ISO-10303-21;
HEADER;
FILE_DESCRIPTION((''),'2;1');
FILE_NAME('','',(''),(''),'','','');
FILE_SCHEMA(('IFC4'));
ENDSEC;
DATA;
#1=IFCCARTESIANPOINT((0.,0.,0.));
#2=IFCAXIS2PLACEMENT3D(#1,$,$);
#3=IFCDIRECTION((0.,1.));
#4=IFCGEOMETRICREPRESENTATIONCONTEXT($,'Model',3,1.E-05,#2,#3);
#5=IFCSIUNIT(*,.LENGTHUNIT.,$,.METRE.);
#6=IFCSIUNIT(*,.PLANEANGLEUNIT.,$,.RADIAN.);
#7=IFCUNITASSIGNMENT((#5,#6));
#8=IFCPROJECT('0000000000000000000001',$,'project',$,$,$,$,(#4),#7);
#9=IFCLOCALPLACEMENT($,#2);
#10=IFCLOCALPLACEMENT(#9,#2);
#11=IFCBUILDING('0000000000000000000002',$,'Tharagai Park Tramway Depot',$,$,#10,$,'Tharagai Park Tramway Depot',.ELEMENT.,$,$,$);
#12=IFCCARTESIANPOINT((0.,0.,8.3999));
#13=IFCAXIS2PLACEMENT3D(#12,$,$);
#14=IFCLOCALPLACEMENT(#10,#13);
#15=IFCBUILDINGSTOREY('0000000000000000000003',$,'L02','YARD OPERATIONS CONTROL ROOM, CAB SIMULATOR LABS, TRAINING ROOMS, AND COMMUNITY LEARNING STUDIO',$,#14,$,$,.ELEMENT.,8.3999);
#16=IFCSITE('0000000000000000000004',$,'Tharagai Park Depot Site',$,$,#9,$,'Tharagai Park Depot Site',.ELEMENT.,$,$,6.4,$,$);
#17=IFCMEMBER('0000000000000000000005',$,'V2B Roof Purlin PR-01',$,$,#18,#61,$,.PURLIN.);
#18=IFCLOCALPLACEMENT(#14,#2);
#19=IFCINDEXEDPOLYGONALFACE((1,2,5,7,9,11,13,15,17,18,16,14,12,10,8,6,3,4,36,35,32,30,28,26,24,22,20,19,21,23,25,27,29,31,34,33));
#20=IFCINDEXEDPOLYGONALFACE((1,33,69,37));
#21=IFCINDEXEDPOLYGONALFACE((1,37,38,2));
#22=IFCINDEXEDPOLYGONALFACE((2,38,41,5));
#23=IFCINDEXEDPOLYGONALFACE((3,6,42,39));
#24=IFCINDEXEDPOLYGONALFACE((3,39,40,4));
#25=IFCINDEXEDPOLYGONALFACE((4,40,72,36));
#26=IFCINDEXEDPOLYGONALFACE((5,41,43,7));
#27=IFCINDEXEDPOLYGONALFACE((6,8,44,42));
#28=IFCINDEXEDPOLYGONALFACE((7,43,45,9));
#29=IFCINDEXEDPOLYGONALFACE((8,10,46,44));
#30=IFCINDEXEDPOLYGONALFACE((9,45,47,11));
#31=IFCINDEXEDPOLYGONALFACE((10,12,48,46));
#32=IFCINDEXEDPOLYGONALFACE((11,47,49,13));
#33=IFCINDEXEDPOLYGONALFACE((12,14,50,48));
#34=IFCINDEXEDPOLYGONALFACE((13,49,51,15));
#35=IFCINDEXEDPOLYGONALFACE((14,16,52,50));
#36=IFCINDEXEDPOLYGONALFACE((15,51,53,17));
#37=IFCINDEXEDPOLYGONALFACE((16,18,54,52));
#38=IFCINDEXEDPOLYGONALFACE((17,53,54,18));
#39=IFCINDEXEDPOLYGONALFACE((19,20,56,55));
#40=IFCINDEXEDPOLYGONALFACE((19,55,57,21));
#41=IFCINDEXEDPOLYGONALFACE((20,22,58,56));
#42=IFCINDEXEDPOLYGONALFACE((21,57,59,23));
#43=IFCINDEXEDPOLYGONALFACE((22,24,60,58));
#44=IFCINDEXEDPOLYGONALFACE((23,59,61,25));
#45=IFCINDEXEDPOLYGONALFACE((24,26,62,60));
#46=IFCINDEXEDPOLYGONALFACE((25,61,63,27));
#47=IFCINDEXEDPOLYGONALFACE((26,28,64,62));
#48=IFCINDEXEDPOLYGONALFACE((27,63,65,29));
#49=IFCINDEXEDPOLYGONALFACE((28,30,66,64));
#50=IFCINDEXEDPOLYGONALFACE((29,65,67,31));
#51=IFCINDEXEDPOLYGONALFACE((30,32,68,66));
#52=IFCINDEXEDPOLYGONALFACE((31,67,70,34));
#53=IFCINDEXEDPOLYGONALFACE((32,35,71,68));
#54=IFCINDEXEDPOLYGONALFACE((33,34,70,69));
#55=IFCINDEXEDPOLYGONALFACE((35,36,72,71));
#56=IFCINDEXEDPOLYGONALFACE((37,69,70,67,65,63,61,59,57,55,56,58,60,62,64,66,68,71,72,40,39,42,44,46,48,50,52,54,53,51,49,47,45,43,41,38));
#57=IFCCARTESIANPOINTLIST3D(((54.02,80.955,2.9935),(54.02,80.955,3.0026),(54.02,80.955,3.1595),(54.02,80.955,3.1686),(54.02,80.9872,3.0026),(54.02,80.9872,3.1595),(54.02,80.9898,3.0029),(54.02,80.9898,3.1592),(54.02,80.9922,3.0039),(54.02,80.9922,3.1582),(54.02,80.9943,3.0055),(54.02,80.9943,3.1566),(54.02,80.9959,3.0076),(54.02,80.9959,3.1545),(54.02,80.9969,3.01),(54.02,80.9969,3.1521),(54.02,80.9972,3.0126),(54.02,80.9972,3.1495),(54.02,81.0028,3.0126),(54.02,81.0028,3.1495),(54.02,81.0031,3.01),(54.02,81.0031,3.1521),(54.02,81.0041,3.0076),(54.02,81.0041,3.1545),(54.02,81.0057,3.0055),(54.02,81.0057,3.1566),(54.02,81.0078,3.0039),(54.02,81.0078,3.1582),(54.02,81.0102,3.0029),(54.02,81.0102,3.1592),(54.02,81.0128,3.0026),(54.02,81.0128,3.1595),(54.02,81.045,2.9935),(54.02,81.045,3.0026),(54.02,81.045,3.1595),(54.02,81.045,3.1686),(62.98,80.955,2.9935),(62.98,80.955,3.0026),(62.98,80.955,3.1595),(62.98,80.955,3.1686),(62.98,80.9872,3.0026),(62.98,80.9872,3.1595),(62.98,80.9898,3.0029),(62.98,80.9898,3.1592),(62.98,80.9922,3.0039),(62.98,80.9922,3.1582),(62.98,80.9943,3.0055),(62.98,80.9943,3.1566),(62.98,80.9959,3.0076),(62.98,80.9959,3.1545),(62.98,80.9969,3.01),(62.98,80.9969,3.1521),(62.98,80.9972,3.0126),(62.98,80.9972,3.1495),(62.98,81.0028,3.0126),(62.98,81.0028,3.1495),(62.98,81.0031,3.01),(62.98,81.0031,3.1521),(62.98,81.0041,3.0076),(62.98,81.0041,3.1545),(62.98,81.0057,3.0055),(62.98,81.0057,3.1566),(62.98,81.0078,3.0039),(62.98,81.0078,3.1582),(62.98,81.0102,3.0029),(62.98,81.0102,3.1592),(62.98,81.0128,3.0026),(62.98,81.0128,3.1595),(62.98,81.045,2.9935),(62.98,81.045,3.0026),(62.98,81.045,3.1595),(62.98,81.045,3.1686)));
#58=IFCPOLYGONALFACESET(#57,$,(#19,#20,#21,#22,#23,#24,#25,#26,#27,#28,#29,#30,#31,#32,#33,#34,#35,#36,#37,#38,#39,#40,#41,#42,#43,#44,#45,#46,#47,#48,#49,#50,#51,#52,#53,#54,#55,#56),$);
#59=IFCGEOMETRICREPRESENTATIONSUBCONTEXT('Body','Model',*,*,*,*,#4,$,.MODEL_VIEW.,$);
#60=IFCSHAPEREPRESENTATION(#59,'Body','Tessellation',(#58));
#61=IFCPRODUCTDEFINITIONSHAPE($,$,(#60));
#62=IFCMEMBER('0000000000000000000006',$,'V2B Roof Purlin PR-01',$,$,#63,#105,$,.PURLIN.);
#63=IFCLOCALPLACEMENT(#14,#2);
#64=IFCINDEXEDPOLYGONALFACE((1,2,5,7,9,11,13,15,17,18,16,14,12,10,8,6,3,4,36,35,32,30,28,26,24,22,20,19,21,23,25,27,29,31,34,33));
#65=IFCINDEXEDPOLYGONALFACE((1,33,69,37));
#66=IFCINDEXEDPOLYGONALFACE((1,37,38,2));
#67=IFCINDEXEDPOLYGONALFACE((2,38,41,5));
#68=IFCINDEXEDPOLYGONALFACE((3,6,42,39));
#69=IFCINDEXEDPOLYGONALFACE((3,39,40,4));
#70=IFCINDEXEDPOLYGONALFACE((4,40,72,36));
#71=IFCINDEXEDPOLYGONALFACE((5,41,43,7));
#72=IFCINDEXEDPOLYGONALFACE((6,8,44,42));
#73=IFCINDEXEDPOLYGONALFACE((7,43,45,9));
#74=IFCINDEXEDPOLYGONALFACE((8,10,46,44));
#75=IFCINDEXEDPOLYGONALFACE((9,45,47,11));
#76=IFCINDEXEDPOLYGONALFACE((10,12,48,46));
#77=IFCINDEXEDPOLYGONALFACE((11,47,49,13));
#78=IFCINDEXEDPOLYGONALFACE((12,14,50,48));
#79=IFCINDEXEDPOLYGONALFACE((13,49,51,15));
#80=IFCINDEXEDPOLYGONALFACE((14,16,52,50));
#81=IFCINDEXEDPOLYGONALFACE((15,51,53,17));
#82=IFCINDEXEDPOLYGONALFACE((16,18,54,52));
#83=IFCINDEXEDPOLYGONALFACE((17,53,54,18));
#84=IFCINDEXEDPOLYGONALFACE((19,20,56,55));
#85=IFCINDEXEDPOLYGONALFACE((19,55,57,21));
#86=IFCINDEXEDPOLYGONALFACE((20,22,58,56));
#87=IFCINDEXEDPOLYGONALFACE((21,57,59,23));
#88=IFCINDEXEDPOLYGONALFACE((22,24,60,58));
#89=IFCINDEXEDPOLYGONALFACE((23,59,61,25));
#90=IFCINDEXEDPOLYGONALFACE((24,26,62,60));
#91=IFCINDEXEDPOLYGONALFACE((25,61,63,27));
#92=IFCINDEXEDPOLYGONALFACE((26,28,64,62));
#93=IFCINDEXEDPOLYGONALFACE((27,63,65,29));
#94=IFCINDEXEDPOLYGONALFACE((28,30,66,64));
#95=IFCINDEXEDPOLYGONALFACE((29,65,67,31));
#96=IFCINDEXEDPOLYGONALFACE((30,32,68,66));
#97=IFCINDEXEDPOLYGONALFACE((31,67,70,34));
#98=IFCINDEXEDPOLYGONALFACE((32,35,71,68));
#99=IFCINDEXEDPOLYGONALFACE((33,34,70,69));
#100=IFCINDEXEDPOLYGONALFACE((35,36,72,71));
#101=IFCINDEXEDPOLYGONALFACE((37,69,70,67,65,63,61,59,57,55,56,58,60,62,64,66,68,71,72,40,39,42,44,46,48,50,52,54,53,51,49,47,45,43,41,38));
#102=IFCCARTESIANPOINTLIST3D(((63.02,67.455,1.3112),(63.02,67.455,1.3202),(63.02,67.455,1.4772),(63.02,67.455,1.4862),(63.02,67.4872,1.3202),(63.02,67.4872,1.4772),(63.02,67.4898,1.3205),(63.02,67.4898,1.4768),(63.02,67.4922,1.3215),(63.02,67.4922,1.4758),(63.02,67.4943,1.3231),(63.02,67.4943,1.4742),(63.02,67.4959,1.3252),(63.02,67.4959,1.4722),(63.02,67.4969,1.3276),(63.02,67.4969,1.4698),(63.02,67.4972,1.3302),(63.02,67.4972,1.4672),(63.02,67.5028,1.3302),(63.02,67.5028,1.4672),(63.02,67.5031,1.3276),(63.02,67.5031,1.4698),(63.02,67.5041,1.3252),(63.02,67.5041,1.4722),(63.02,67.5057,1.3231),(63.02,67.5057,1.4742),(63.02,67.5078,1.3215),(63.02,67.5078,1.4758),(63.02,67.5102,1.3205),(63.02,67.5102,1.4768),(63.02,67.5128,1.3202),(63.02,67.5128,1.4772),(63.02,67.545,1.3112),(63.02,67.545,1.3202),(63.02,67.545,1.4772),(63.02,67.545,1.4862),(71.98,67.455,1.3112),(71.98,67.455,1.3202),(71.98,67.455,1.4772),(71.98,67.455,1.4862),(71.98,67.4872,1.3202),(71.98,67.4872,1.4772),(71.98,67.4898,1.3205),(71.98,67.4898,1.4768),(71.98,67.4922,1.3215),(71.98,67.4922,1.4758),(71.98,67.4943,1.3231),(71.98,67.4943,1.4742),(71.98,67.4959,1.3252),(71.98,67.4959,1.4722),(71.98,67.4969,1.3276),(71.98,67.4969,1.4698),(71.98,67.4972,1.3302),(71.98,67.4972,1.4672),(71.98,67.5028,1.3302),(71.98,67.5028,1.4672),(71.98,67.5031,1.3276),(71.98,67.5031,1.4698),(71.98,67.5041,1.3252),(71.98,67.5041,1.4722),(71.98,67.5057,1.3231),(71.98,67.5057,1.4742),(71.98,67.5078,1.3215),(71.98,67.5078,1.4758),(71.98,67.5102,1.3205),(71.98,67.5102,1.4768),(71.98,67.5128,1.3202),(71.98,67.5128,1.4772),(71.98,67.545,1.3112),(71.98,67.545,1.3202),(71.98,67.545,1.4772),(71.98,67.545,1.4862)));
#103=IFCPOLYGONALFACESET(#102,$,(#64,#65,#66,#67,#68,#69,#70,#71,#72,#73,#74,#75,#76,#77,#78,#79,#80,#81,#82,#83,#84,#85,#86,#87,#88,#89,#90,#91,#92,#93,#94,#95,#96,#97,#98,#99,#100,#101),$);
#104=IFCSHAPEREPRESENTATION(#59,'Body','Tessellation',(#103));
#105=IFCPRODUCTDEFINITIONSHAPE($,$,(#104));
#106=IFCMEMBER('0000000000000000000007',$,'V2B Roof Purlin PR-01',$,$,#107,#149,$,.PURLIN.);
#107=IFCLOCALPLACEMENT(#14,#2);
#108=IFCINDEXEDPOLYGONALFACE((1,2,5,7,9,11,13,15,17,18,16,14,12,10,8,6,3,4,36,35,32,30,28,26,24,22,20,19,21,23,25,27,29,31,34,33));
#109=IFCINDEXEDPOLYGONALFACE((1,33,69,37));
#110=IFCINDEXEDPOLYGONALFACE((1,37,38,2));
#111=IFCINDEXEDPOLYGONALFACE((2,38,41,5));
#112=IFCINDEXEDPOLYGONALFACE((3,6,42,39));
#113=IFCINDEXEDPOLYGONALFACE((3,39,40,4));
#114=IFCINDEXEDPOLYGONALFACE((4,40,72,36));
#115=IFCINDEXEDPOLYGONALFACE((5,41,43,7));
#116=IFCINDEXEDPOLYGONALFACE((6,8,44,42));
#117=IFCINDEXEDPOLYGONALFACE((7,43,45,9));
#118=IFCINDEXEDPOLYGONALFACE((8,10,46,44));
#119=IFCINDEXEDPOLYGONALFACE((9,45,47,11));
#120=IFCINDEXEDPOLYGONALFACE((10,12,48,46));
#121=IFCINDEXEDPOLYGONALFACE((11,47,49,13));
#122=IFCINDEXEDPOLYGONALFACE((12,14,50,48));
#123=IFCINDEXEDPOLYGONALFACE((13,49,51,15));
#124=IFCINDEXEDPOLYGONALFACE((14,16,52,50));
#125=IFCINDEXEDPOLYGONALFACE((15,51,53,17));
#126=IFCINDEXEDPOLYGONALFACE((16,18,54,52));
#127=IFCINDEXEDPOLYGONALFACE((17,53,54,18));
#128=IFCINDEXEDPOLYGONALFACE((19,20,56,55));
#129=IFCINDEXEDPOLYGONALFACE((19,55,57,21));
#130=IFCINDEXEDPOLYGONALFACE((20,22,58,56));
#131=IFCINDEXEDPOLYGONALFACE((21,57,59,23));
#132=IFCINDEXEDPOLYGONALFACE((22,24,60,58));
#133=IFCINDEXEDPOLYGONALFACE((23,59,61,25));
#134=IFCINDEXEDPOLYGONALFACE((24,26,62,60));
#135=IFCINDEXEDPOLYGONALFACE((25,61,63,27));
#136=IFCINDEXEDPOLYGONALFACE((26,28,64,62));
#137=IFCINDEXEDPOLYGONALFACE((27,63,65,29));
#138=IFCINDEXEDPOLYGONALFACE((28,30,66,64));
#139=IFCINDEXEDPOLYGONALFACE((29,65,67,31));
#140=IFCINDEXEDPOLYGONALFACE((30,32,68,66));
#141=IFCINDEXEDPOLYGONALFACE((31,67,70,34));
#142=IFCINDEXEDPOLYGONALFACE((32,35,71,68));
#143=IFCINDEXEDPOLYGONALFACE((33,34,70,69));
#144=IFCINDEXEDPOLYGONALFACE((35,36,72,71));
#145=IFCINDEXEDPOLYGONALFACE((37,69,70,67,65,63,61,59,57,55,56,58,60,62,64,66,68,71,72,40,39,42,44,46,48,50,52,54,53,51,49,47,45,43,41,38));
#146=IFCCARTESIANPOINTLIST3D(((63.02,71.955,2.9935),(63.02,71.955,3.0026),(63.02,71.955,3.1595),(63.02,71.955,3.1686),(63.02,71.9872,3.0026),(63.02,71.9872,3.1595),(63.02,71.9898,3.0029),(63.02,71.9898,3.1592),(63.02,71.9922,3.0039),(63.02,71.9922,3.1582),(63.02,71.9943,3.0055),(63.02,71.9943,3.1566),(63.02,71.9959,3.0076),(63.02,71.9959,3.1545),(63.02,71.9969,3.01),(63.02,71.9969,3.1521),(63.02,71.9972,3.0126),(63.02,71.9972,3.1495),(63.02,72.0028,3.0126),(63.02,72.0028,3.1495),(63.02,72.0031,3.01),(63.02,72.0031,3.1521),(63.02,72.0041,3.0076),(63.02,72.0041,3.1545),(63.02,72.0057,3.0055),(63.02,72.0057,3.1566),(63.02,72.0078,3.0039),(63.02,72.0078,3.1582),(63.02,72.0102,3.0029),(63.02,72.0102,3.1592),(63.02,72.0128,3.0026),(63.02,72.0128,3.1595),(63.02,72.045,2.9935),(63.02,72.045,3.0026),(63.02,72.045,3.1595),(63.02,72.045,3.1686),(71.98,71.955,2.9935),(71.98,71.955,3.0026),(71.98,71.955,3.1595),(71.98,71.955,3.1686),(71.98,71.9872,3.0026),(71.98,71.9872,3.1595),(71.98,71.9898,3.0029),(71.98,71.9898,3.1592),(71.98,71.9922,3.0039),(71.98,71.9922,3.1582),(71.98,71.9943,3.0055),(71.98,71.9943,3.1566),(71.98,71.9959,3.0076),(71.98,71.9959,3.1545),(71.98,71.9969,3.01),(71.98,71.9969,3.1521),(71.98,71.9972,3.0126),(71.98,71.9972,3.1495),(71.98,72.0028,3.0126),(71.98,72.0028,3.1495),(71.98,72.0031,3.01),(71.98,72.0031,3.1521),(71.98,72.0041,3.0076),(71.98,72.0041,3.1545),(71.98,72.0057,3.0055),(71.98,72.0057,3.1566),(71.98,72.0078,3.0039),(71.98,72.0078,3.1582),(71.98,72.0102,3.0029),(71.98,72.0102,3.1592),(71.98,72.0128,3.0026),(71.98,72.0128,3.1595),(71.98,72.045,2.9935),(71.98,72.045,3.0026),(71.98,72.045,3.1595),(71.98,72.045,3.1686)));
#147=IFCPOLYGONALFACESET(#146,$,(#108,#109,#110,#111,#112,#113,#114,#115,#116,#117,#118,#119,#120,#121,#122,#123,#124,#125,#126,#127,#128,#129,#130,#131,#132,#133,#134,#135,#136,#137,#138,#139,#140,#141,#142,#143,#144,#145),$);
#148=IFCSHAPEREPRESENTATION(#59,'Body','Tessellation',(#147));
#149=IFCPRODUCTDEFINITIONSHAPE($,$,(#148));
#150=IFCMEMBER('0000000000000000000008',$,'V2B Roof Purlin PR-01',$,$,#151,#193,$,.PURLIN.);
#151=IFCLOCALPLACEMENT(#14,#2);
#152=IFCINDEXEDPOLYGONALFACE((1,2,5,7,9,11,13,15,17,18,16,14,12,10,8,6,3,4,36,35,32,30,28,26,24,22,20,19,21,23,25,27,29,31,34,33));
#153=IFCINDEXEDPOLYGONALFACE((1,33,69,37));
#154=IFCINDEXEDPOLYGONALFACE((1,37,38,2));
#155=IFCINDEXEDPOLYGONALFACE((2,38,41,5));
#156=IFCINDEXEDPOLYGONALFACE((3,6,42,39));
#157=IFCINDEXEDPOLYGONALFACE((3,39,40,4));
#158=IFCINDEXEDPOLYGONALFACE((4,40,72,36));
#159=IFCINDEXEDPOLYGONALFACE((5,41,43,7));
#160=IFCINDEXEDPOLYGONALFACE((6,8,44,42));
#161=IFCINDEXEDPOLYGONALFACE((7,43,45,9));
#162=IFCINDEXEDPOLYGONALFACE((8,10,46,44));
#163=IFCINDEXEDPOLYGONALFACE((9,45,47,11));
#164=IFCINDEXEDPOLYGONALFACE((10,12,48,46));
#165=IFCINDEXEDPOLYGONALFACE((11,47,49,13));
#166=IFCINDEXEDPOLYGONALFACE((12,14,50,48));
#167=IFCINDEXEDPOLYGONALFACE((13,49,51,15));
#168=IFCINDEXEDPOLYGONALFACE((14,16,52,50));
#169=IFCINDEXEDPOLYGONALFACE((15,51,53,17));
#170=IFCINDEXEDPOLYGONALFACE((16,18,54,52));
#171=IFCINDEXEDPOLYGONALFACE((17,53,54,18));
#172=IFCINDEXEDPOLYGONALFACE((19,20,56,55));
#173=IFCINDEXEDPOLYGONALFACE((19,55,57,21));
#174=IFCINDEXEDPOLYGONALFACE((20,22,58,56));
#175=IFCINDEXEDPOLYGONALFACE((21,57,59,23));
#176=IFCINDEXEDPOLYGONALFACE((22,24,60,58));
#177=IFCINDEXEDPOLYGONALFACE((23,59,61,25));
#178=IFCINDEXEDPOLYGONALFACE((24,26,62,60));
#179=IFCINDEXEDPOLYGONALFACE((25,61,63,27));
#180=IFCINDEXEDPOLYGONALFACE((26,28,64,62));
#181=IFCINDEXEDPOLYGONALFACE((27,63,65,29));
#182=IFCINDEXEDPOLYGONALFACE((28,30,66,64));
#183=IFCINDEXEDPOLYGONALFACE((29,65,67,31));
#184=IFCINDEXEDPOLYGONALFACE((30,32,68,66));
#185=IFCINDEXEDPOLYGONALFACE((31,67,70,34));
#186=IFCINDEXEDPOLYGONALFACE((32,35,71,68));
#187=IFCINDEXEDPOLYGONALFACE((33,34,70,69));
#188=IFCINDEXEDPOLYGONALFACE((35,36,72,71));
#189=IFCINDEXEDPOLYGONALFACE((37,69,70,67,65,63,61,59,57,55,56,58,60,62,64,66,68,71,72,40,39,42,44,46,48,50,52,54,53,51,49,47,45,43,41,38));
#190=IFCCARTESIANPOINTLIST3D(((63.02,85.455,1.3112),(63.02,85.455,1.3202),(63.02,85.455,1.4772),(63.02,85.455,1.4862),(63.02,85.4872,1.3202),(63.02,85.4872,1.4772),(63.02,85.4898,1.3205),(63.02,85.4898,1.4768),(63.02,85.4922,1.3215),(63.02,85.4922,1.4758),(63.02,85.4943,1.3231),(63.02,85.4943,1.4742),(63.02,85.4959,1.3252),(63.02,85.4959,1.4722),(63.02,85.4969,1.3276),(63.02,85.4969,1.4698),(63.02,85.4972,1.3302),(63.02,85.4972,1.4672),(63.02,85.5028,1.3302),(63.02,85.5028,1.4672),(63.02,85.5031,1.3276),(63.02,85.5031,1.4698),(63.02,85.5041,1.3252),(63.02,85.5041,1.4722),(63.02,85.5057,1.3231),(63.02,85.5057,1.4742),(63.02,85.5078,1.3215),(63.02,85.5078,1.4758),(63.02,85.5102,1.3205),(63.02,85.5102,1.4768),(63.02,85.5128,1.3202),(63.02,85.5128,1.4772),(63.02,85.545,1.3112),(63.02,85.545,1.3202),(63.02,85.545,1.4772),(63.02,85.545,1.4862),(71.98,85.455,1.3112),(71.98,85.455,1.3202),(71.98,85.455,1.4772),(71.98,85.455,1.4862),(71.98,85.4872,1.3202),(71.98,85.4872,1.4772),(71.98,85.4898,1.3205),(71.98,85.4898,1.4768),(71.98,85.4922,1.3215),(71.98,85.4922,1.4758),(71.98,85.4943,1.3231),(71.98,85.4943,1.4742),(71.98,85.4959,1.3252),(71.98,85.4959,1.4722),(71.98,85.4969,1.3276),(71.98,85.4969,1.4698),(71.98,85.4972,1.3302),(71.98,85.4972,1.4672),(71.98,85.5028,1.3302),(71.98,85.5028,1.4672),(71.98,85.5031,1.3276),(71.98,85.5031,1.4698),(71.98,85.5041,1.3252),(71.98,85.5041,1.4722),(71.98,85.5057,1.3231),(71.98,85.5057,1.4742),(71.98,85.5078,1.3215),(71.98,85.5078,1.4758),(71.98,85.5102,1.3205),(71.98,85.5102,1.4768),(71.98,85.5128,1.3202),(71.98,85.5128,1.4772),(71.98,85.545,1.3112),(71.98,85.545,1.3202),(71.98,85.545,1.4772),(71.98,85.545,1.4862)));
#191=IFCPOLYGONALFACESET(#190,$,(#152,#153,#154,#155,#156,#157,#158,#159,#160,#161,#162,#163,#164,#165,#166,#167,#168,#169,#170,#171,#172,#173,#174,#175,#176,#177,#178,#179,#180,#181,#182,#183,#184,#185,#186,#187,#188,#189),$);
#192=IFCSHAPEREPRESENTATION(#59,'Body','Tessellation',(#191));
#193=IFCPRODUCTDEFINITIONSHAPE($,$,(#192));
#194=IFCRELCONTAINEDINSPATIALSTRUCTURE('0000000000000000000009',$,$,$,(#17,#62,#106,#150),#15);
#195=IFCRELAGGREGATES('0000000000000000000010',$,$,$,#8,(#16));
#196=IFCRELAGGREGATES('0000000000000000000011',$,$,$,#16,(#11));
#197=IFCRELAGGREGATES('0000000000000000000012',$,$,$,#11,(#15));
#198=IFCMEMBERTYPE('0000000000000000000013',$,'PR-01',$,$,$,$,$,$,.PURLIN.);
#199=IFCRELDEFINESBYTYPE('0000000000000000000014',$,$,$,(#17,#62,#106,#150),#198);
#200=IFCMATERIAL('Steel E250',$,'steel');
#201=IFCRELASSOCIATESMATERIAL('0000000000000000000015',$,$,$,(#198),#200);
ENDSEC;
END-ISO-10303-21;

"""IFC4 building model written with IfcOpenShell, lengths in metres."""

from ifc_helpers import new_model, si_unit, direction, frame, origin, origin_2d, place, context, subcontext, project, spatial, i_section, extrude, material, material_profile, profile_set, type_object, element, save


model = new_model("IFC4")

# Units and contexts
model_context = context("Model", 3, precision=1e-05, world=origin(), true_north=direction((0.0, 1.0)))
body_context = subcontext(model_context, "Body", "Model", "MODEL_VIEW")
ifc_project = project(units=[si_unit("LENGTHUNIT", "METRE"), si_unit("PLANEANGLEUNIT", "RADIAN")], contexts=[model_context])

# Site, building, storey
site_placement = place(None, origin())
site = spatial("IfcSite", under=ifc_project, at=site_placement, Name="Tharagai Park Depot Site", LongName="Tharagai Park Depot Site", CompositionType="ELEMENT", RefElevation=6.4)
building_placement = place(site_placement, origin())
building = spatial("IfcBuilding", under=site, at=building_placement, Name="Tharagai Park Tramway Depot", LongName="Tharagai Park Tramway Depot", CompositionType="ELEMENT")
storey_placement = place(building_placement, frame((0.0, 0.0, 8.3999)))
storey = spatial("IfcBuildingStorey", under=building, at=storey_placement, Name="L02", Description="YARD OPERATIONS CONTROL ROOM, CAB SIMULATOR LABS, TRAINING ROOMS, AND COMMUNITY LEARNING STUDIO", CompositionType="ELEMENT", Elevation=8.3999)

# Members
ifc_material_1 = material(Name="Steel E250", Category="steel")
ifc_material_profile_1 = material_profile(ifc_material_1, i_section(OverallWidth=0.0901, OverallDepth=0.175, WebThickness=0.0056, FlangeThickness=0.009, FilletRadius=0.01, at=origin_2d()), Name="ISMB 175")
ifc_profile_set_1 = profile_set([ifc_material_profile_1], Name="Steel E250")
member_type_1 = type_object("IfcMemberType", Name="PR-01", PredefinedType="PURLIN", material=ifc_profile_set_1)
for number, where, z_axis, x_axis, name in (
    (1, (54.02, 81.0, 3.0811), (1.0, 0.0, 0.0), (0.0, 1.0, 0.0), "V2B Roof Purlin PR-01"),
    (2, (63.02, 67.5, 1.3987), (1.0, 0.0, 0.0), (0.0, 1.0, 0.0), "V2B Roof Purlin PR-01"),
    (3, (63.02, 72.0, 3.0811), (1.0, 0.0, 0.0), (0.0, 1.0, 0.0), "V2B Roof Purlin PR-01"),
    (4, (63.02, 85.5, 1.3987), (1.0, 0.0, 0.0), (0.0, 1.0, 0.0), "V2B Roof Purlin PR-01"),
):
    element("IfcMember", number, at=place(storey_placement, frame(where, z_axis=z_axis, x_axis=x_axis)), inside=storey, type_object=member_type_1, Name=name, PredefinedType="PURLIN", context=body_context, shape_type="SweptSolid", body=[
        extrude(i_section(OverallWidth=0.0901, OverallDepth=0.175, WebThickness=0.0056, FlangeThickness=0.009, FilletRadius=0.01, at=origin_2d()), origin(), (0.0, 0.0, 1.0), 8.96),
    ])

save(model, "model.ifc")
